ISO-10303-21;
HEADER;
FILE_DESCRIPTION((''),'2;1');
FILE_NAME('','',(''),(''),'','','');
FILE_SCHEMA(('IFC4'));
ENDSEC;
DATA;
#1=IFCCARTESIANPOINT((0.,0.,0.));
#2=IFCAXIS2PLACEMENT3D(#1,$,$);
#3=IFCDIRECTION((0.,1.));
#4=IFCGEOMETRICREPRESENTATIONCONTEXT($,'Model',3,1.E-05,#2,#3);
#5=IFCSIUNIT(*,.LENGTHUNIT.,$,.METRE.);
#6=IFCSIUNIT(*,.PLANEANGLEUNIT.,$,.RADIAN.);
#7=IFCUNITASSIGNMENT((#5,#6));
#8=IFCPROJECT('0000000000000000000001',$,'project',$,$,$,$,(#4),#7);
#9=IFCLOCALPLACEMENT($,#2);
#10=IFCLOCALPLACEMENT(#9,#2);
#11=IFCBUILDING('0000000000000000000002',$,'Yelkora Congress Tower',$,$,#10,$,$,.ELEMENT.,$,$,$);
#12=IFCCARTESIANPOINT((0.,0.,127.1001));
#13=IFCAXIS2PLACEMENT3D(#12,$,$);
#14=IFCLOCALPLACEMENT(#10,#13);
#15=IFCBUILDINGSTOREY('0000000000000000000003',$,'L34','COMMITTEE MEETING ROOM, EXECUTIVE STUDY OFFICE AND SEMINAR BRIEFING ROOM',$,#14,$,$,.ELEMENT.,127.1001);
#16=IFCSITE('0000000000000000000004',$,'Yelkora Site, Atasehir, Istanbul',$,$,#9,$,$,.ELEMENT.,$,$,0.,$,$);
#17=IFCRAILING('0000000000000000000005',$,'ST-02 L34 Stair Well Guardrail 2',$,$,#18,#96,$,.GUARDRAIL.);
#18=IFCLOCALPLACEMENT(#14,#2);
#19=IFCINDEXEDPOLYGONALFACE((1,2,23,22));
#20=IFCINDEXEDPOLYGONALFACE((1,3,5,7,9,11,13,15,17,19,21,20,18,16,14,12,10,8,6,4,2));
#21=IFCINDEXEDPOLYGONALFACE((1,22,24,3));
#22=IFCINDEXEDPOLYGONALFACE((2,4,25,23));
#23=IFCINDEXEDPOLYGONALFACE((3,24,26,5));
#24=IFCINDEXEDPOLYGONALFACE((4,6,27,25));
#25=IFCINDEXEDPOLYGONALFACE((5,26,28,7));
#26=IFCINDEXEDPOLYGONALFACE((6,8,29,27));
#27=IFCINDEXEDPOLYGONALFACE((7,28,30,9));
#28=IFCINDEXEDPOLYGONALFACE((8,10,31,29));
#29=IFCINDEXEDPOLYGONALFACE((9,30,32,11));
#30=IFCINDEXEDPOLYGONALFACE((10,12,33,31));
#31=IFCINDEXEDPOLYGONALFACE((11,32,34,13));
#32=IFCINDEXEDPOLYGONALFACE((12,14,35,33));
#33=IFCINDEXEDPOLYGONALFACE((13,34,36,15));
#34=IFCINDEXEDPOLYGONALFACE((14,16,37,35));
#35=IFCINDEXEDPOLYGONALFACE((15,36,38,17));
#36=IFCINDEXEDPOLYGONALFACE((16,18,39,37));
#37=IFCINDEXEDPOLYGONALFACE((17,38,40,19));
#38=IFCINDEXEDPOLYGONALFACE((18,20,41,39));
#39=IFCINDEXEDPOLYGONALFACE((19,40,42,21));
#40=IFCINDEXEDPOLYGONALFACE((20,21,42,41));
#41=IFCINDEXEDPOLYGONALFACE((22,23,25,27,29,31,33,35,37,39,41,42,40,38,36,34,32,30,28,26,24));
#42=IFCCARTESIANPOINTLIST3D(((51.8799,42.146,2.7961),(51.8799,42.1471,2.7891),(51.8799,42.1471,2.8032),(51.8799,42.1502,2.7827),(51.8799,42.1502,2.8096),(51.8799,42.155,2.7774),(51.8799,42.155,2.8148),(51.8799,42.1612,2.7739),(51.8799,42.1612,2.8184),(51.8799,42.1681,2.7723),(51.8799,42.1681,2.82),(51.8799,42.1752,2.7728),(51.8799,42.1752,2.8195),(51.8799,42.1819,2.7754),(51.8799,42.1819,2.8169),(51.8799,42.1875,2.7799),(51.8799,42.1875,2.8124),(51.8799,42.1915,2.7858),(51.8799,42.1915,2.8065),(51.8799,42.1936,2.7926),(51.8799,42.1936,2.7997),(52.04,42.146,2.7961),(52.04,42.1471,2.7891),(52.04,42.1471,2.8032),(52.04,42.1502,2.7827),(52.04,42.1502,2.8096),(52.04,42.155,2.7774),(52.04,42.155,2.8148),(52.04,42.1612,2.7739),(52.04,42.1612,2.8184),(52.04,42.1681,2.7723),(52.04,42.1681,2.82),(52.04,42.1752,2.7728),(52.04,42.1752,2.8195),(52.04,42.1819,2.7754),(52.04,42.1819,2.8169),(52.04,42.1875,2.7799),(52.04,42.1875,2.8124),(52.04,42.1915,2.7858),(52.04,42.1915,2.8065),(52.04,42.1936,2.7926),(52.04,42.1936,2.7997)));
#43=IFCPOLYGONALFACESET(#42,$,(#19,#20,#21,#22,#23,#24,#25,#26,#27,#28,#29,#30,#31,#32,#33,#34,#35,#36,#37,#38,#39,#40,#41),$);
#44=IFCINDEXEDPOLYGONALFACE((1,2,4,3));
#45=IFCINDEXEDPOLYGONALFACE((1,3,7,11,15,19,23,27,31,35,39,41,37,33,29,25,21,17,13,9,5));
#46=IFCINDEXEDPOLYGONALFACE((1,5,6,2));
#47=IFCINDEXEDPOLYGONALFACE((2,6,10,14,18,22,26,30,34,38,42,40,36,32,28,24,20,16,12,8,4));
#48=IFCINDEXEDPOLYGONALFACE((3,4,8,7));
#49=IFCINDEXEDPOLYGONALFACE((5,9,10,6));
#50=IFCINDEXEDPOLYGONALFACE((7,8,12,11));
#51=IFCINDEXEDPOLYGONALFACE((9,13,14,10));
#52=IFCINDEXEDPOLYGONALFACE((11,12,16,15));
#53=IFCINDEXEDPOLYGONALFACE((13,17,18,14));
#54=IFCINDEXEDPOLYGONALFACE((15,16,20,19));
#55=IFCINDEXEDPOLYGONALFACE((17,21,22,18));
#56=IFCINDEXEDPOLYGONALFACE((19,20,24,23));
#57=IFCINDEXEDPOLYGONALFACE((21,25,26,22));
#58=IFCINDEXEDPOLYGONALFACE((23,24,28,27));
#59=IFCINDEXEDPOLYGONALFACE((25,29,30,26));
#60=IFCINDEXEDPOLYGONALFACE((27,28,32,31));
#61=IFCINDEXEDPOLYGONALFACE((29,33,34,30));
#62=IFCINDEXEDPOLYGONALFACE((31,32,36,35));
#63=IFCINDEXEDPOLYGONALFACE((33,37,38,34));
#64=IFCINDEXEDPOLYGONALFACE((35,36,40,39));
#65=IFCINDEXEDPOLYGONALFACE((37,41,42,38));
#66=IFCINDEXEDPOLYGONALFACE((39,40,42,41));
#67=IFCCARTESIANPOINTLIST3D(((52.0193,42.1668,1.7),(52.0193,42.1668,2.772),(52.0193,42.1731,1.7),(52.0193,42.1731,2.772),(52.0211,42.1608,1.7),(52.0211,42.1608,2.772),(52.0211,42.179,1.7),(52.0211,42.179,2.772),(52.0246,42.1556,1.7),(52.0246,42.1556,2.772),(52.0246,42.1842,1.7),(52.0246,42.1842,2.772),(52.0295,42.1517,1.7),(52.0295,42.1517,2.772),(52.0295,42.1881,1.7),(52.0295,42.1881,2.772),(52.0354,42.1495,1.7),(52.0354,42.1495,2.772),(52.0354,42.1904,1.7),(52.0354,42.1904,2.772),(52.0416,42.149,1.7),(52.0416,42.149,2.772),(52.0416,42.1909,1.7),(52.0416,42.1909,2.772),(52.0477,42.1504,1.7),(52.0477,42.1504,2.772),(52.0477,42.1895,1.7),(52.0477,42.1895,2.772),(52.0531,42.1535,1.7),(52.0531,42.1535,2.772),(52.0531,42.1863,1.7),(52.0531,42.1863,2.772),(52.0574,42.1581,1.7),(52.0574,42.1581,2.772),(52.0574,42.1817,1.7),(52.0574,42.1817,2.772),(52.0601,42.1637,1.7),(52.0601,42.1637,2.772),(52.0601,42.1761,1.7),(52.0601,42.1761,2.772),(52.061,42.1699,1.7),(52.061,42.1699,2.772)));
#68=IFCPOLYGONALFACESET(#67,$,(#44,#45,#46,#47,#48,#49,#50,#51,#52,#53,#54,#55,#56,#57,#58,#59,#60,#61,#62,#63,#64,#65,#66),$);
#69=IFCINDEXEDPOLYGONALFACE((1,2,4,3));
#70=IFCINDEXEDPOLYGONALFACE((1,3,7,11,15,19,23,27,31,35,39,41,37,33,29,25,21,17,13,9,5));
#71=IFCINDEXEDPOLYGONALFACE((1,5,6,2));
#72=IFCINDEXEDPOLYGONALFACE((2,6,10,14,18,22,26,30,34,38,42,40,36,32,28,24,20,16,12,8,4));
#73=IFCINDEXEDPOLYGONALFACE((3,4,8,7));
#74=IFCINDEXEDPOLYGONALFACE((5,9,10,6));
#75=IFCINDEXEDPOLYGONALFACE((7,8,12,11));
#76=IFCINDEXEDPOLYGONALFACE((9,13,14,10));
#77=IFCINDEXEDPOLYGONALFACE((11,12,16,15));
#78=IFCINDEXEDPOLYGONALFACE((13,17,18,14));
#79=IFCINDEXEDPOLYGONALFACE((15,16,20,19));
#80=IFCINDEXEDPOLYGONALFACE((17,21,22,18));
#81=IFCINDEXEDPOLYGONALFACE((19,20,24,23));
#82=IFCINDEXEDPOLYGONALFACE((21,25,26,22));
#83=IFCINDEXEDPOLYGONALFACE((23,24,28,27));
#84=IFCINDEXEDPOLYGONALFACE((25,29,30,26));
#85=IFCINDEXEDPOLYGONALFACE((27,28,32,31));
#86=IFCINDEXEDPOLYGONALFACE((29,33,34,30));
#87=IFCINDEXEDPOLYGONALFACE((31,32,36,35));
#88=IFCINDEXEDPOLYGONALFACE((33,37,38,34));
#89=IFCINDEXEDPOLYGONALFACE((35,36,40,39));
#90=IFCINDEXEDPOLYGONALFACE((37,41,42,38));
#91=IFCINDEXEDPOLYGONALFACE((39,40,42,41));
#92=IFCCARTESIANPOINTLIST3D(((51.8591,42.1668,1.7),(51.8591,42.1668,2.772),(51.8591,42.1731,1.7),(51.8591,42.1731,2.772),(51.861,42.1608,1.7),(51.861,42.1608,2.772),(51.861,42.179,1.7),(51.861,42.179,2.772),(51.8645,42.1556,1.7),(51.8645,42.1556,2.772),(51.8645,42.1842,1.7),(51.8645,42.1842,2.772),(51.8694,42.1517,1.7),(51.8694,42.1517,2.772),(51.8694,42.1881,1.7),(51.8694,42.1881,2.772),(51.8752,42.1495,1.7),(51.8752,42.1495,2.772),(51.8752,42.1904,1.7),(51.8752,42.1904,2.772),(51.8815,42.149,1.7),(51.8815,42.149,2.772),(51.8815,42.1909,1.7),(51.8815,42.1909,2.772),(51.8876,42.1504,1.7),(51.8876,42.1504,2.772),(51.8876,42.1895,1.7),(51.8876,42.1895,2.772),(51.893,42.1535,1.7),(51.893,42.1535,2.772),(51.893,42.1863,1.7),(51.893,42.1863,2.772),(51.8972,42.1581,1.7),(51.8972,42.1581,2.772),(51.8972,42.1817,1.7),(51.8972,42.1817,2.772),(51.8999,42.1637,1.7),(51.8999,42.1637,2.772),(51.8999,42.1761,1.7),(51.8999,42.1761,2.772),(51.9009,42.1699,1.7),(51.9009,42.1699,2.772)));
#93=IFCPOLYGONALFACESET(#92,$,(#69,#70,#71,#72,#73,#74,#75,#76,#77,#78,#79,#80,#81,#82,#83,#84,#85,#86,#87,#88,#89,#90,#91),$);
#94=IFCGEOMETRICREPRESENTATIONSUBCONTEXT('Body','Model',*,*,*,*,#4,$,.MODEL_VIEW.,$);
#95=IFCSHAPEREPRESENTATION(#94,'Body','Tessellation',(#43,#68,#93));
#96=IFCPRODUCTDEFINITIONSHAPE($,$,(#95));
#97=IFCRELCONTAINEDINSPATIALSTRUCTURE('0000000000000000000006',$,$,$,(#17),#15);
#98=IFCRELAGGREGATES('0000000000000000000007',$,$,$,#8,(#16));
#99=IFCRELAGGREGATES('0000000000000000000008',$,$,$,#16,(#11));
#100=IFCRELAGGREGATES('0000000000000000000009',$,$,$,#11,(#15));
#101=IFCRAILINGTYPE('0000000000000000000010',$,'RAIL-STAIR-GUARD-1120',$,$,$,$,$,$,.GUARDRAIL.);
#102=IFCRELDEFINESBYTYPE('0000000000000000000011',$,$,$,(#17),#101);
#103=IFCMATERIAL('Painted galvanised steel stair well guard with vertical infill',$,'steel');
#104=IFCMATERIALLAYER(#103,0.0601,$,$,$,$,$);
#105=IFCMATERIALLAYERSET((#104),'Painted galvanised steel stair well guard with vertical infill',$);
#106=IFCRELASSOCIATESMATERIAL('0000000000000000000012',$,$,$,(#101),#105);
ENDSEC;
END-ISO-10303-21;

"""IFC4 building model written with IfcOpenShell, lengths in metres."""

from ifc_helpers import new_model, si_unit, direction, frame, origin, origin_2d, place, context, subcontext, project, spatial, circle, extrude, material, layer, layer_set, type_object, element, save


model = new_model("IFC4")

# Units and contexts
model_context = context("Model", 3, precision=1e-05, world=origin(), true_north=direction((0.0, 1.0)))
body_context = subcontext(model_context, "Body", "Model", "MODEL_VIEW")
ifc_project = project(units=[si_unit("LENGTHUNIT", "METRE"), si_unit("PLANEANGLEUNIT", "RADIAN")], contexts=[model_context])

# Site, building, storey
site_placement = place(None, origin())
site = spatial("IfcSite", under=ifc_project, at=site_placement, Name="Yelkora Site, Atasehir, Istanbul", CompositionType="ELEMENT", RefElevation=0.0)
building_placement = place(site_placement, origin())
building = spatial("IfcBuilding", under=site, at=building_placement, Name="Yelkora Congress Tower", CompositionType="ELEMENT")
storey_placement = place(building_placement, frame((0.0, 0.0, 127.1001)))
storey = spatial("IfcBuildingStorey", under=building, at=storey_placement, Name="L34", Description="COMMITTEE MEETING ROOM, EXECUTIVE STUDY OFFICE AND SEMINAR BRIEFING ROOM", CompositionType="ELEMENT", Elevation=127.1001)

# Railing
ifc_material_1 = material(Name="Painted galvanised steel stair well guard with vertical infill", Category="steel")
ifc_layer_1 = layer(ifc_material_1, 0.0601)
ifc_layer_set_1 = layer_set([ifc_layer_1], Name="Painted galvanised steel stair well guard with vertical infill")
railing_type_1 = type_object("IfcRailingType", Name="RAIL-STAIR-GUARD-1120", PredefinedType="GUARDRAIL", material=ifc_layer_set_1)
railing_1_placement = place(storey_placement, frame((52.04, 42.1699, 1.7)))
element("IfcRailing", 1, at=railing_1_placement, inside=storey, type_object=railing_type_1, Name="ST-02 L34 Stair Well Guardrail 2", PredefinedType="GUARDRAIL", context=body_context, shape_type="SweptSolid", body=[
    extrude(circle(Radius=0.0239, at=origin_2d()), frame((0.0, 0.0, 1.0962), z_axis=(-1.0, 0.0, 0.0), x_axis=(0.0, -1.0, 0.0)), (0.0, 0.0, 1.0), 0.1602),
    extrude(circle(Radius=0.021, at=origin_2d()), origin(), (0.0, 0.0, 1.0), 1.072),
    extrude(circle(Radius=0.021, at=origin_2d()), frame((-0.1602, 0.0, 0.0)), (0.0, 0.0, 1.0), 1.072),
])

save(model, "model.ifc")
